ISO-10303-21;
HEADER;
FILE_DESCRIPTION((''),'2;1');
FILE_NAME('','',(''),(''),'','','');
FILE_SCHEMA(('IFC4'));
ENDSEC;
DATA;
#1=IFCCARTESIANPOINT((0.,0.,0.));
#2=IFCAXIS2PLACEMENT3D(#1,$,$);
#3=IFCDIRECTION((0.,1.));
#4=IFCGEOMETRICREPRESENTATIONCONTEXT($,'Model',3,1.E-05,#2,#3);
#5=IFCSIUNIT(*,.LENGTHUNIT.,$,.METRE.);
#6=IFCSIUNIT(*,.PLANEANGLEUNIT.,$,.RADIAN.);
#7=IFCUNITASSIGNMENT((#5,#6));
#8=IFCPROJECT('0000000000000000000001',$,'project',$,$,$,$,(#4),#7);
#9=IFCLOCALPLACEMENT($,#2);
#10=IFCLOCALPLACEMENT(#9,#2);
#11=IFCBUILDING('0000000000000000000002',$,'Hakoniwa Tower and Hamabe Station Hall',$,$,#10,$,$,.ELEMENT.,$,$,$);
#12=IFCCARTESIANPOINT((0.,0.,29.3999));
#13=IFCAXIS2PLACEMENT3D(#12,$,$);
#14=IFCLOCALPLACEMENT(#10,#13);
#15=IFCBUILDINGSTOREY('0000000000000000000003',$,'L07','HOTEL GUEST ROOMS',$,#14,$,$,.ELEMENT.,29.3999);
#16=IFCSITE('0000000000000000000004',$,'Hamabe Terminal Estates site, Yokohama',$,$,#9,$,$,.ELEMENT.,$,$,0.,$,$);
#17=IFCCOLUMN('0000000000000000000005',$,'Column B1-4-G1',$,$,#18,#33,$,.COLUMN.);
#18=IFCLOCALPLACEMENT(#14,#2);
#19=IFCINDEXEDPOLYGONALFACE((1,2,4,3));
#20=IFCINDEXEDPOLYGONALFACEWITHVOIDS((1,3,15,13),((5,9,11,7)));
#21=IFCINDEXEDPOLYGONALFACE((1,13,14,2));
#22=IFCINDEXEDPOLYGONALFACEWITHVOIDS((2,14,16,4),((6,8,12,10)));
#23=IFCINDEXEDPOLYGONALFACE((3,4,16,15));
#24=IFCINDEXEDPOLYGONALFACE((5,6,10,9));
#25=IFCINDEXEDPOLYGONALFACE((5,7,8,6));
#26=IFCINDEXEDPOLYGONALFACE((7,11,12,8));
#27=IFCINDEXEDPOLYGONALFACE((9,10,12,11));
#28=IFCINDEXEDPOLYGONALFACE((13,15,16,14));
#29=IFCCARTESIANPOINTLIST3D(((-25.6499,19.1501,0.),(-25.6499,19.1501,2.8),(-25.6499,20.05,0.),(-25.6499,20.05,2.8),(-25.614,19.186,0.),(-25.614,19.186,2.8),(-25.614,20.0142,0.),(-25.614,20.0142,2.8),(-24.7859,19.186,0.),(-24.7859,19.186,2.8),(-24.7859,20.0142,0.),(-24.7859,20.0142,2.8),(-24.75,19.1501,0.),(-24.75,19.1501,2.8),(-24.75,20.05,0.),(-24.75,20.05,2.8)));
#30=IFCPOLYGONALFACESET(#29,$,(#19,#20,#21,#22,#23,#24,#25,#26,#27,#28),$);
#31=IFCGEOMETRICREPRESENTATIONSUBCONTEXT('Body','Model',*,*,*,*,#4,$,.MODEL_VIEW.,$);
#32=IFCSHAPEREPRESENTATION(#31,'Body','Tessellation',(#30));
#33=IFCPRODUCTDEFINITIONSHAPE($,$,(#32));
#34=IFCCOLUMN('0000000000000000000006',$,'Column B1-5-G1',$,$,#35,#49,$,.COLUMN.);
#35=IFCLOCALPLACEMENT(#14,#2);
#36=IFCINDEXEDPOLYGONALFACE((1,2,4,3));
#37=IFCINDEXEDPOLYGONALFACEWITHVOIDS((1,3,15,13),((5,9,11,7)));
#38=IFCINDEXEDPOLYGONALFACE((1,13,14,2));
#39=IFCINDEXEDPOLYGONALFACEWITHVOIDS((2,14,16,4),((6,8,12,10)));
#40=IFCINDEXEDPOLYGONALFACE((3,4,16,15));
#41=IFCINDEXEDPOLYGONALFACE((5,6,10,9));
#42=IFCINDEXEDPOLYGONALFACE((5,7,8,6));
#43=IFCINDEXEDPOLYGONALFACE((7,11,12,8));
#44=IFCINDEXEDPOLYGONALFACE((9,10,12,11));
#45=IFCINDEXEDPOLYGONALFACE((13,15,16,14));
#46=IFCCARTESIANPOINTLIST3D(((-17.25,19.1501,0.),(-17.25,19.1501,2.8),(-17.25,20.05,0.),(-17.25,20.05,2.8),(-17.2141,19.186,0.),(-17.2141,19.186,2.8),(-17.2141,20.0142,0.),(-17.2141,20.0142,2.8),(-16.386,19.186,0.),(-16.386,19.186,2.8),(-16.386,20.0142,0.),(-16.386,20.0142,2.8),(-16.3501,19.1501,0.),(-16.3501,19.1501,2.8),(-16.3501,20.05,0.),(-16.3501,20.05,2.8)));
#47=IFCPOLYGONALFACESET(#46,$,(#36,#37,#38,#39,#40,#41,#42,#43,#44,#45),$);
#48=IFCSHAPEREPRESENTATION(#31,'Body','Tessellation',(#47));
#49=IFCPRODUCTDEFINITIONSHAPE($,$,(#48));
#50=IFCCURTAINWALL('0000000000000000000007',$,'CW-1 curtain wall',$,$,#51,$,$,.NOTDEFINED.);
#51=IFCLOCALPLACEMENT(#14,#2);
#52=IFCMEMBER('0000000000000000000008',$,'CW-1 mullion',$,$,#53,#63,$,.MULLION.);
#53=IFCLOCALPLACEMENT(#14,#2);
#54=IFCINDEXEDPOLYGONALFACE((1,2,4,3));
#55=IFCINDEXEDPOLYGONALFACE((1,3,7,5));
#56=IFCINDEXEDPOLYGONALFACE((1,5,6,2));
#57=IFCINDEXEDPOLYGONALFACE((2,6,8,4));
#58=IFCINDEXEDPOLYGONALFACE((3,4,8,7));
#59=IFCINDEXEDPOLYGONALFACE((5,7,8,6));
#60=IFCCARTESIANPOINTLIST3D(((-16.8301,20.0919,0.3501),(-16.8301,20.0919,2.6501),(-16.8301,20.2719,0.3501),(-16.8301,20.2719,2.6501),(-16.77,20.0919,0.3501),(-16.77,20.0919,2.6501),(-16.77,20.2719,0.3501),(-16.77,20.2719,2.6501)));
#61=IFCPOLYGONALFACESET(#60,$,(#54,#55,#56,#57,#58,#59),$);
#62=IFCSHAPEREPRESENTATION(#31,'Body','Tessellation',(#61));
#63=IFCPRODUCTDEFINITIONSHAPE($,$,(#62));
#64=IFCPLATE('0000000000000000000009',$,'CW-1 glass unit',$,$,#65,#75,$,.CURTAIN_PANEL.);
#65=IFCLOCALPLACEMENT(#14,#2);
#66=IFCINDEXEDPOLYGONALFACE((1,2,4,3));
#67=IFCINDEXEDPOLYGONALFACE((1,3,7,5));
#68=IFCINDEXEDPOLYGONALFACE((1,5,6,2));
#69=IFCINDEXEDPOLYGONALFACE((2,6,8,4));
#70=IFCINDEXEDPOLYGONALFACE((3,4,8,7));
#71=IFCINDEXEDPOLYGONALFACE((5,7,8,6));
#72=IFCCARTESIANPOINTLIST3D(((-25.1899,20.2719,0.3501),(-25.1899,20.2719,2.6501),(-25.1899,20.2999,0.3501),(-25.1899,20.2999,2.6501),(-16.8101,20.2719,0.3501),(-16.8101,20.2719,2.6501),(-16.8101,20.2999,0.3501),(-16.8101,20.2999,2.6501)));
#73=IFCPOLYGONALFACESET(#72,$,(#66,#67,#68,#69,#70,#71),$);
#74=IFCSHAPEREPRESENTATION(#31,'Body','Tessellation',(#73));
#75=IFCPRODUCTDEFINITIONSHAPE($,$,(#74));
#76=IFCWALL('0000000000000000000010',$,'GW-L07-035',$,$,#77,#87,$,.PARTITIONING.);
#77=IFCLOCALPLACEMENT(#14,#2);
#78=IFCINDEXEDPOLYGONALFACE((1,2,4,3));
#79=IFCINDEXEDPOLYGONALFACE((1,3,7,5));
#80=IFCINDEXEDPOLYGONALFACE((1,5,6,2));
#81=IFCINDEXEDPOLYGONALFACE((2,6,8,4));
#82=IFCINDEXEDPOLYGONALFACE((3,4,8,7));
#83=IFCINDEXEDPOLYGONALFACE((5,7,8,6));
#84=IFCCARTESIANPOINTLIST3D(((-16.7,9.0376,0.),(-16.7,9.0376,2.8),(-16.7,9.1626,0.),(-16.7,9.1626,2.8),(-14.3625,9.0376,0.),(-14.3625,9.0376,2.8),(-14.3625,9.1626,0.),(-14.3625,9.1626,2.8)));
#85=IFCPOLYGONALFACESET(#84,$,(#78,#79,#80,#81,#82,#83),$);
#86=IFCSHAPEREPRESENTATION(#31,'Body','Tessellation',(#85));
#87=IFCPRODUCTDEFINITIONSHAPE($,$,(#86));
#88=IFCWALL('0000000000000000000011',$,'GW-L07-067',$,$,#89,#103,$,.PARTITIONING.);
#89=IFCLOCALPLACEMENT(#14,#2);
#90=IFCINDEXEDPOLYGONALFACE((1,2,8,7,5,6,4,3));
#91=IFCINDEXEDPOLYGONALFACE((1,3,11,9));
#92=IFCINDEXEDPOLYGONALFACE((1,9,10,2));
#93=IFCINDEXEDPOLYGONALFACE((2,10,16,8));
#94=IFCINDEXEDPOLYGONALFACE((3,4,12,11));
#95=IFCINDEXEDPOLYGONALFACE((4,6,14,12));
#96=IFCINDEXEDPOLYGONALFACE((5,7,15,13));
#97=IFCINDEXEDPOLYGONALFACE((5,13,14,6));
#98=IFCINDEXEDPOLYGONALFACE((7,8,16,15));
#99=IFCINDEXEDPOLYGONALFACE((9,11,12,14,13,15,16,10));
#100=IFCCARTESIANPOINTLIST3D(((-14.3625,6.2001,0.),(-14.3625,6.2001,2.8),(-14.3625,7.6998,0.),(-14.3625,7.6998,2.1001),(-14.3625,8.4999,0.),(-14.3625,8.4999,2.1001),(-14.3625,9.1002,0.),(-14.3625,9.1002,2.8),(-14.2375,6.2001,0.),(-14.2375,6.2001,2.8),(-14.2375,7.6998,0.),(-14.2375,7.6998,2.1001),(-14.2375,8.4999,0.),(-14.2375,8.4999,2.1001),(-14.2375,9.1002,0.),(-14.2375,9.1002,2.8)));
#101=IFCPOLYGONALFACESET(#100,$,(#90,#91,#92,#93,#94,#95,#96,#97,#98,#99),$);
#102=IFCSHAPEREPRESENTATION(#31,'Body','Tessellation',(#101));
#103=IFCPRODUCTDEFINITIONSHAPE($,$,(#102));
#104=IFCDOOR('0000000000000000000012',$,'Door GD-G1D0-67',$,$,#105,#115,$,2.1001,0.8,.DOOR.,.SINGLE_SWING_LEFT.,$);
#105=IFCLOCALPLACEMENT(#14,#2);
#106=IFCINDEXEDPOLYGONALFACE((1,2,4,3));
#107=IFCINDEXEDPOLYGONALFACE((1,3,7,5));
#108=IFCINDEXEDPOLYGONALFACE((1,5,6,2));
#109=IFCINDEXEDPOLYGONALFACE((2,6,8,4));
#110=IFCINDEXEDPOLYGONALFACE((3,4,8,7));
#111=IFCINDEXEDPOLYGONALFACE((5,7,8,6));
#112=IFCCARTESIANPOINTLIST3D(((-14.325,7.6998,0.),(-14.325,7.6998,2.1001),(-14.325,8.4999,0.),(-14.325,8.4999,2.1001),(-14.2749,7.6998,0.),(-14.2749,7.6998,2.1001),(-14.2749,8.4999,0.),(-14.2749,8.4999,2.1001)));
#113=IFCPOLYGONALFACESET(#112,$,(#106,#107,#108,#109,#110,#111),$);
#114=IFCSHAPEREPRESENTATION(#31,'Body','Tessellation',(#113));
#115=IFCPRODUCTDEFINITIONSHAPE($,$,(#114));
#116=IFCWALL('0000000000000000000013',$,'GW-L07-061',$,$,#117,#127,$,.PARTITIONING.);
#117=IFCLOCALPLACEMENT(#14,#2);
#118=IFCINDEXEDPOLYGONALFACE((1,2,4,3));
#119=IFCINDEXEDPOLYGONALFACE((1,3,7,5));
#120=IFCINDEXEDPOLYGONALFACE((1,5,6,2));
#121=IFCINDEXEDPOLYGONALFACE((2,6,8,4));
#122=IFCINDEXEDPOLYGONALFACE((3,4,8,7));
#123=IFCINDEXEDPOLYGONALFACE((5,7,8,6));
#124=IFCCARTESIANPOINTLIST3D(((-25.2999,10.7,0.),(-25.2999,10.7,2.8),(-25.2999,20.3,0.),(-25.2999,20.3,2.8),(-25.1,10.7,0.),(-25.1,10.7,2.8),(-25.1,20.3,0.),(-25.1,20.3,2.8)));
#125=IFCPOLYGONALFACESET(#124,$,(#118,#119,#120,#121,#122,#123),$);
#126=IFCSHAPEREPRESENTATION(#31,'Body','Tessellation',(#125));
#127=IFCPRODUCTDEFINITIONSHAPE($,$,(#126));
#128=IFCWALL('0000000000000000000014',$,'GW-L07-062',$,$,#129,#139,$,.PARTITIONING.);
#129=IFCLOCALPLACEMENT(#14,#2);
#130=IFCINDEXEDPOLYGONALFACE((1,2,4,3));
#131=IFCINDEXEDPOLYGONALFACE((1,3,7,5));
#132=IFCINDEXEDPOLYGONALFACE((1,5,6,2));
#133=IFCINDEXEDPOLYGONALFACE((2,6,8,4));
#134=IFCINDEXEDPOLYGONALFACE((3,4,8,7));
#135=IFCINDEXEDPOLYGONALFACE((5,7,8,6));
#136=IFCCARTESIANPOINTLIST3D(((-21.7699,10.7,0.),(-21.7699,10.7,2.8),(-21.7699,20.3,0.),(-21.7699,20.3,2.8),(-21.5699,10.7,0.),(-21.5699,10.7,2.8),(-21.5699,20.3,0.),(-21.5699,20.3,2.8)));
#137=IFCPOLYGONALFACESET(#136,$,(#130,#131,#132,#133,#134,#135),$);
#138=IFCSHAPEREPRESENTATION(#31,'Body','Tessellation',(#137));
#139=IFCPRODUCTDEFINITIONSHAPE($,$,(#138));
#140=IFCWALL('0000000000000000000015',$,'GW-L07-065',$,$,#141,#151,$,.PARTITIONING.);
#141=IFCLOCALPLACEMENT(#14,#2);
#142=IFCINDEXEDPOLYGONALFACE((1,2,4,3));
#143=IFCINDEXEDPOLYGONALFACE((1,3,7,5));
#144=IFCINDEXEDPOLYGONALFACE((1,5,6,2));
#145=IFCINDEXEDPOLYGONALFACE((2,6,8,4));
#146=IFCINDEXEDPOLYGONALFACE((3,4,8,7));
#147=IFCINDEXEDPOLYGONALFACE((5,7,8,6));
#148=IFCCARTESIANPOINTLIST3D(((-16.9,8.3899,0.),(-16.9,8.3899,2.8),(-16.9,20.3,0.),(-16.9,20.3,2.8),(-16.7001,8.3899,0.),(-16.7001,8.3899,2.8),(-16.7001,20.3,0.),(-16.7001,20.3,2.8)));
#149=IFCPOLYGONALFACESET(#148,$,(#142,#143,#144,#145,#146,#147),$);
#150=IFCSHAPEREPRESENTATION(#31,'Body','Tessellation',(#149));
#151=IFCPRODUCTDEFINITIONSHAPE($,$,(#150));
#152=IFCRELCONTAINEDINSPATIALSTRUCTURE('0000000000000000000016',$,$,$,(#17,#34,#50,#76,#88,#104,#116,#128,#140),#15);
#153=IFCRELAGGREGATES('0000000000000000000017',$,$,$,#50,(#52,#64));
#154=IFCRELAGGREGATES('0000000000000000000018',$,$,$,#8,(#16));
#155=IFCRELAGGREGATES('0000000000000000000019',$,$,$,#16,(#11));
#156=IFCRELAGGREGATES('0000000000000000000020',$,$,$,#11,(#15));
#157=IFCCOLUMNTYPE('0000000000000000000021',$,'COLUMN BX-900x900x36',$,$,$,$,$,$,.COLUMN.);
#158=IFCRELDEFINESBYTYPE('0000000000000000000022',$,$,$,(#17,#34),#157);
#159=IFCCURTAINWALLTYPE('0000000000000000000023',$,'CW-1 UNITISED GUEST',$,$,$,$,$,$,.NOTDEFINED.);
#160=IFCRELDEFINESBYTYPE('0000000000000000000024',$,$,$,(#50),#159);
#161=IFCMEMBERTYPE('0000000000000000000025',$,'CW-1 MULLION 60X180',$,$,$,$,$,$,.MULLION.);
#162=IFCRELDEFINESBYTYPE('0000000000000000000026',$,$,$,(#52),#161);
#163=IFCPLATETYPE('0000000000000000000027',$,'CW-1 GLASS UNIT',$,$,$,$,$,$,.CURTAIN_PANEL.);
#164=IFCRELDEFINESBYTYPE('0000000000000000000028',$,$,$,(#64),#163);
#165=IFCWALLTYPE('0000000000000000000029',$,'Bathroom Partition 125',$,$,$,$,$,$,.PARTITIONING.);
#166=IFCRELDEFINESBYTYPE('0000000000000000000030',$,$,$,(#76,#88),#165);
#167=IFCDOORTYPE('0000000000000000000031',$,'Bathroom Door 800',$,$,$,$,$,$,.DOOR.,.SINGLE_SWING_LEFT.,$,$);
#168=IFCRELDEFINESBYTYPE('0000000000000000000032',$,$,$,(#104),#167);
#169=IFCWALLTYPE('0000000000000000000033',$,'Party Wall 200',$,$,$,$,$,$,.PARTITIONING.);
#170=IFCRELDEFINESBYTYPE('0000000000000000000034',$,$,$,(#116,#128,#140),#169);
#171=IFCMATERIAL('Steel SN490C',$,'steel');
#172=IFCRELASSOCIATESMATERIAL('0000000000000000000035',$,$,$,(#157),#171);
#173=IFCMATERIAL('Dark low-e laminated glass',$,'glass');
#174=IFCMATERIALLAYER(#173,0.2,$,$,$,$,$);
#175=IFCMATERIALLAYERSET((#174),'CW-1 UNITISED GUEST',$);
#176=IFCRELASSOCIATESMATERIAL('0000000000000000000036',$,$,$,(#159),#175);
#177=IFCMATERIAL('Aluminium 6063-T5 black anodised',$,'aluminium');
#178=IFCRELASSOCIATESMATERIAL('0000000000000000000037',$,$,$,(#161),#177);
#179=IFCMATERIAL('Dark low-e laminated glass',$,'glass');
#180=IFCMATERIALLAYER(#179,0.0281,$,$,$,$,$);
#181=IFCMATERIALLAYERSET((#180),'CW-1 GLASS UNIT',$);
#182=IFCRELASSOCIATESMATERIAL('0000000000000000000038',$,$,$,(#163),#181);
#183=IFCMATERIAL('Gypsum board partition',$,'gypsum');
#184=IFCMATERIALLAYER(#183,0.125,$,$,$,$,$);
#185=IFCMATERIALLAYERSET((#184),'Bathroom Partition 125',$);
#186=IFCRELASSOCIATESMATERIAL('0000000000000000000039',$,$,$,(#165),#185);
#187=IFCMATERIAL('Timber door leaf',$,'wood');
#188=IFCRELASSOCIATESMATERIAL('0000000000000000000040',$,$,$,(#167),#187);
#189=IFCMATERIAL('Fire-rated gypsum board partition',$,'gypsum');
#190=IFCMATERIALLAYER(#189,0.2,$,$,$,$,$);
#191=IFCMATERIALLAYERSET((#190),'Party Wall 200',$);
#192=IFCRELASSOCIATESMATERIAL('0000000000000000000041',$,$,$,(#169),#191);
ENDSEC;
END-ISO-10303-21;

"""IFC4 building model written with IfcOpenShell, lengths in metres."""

from ifc_helpers import new_model, si_unit, direction, frame, frame_2d, origin, origin_2d, place, context, subcontext, project, spatial, rectangle, hollow_rectangle, extrude, material, layer, layer_set, material_profile, profile_set, type_object, element, fill, aggregate, save


model = new_model("IFC4")

# Units and contexts
model_context = context("Model", 3, precision=1e-05, world=origin(), true_north=direction((0.0, 1.0)))
body_context = subcontext(model_context, "Body", "Model", "MODEL_VIEW")
ifc_project = project(units=[si_unit("LENGTHUNIT", "METRE"), si_unit("PLANEANGLEUNIT", "RADIAN")], contexts=[model_context])

# Site, building, storey
site_placement = place(None, origin())
site = spatial("IfcSite", under=ifc_project, at=site_placement, Name="Hamabe Terminal Estates site, Yokohama", CompositionType="ELEMENT", RefElevation=0.0)
building_placement = place(site_placement, origin())
building = spatial("IfcBuilding", under=site, at=building_placement, Name="Hakoniwa Tower and Hamabe Station Hall", CompositionType="ELEMENT")
storey_placement = place(building_placement, frame((0.0, 0.0, 29.3999)))
storey = spatial("IfcBuildingStorey", under=building, at=storey_placement, Name="L07", Description="HOTEL GUEST ROOMS", CompositionType="ELEMENT", Elevation=29.3999)

# Columns
ifc_material_1 = material(Name="Steel SN490C", Category="steel")
ifc_material_profile_1 = material_profile(ifc_material_1, hollow_rectangle(XDim=0.8999, YDim=0.8999, WallThickness=0.0359, at=origin_2d()), Name="BX-900x900x36")
ifc_profile_set_1 = profile_set([ifc_material_profile_1], Name="Steel SN490C")
column_type = type_object("IfcColumnType", Name="COLUMN BX-900x900x36", PredefinedType="COLUMN", material=ifc_profile_set_1)
for number, where, z_axis, x_axis, name in (
    (1, (-25.2, 19.6001, 0.0), (0.0, 0.0, 1.0), (1.0, 0.0, 0.0), "Column B1-4-G1"),
    (2, (-16.8, 19.6001, 0.0), (0.0, 0.0, 1.0), (1.0, 0.0, 0.0), "Column B1-5-G1"),
):
    element("IfcColumn", number, at=place(storey_placement, frame(where, z_axis=z_axis, x_axis=x_axis)), inside=storey, type_object=column_type, Name=name, PredefinedType="COLUMN", context=body_context, shape_type="SweptSolid", body=[
        extrude(hollow_rectangle(XDim=0.8999, YDim=0.8999, WallThickness=0.0359, at=origin_2d()), origin(), (0.0, 0.0, 1.0), 2.8),
    ])

# Curtain wall, member, plate
ifc_material_2 = material(Name="Dark low-e laminated glass", Category="glass")
ifc_layer_1 = layer(ifc_material_2, 0.2)
ifc_layer_set_1 = layer_set([ifc_layer_1], Name="CW-1 UNITISED GUEST")
curtain_wall_type = type_object("IfcCurtainWallType", Name="CW-1 UNITISED GUEST", PredefinedType="NOTDEFINED", material=ifc_layer_set_1)
curtain_wall_placement = place(storey_placement, origin())
curtain_wall = element("IfcCurtainWall", 3, at=curtain_wall_placement, inside=storey, type_object=curtain_wall_type, Name="CW-1 curtain wall", PredefinedType="NOTDEFINED")
ifc_material_3 = material(Name="Aluminium 6063-T5 black anodised", Category="aluminium")
ifc_material_profile_2 = material_profile(ifc_material_3, rectangle(XDim=0.0601, YDim=0.1799, at=origin_2d()), Name="CW-1 MULLION 60X180")
ifc_profile_set_2 = profile_set([ifc_material_profile_2], Name="Aluminium 6063-T5 black anodised")
member_type = type_object("IfcMemberType", Name="CW-1 MULLION 60X180", PredefinedType="MULLION", material=ifc_profile_set_2)
member_placement = place(storey_placement, frame((-16.8, 20.1819, 0.3501), z_axis=(0.0, 0.0, 1.0), x_axis=(-1.0, 0.0, 0.0)))
member = element("IfcMember", 4, at=member_placement, type_object=member_type, Name="CW-1 mullion", PredefinedType="MULLION", context=body_context, shape_type="SweptSolid", body=[
    extrude(rectangle(XDim=0.0601, YDim=0.1799, at=origin_2d()), origin(), (0.0, 0.0, 1.0), 2.3),
])
ifc_material_4 = material(Name="Dark low-e laminated glass", Category="glass")
ifc_layer_2 = layer(ifc_material_4, 0.0281)
ifc_layer_set_2 = layer_set([ifc_layer_2], Name="CW-1 GLASS UNIT")
plate_type = type_object("IfcPlateType", Name="CW-1 GLASS UNIT", PredefinedType="CURTAIN_PANEL", material=ifc_layer_set_2)
plate_placement = place(storey_placement, frame((-21.0, 20.2859, 0.3501), z_axis=(0.0, 0.0, 1.0), x_axis=(-1.0, 0.0, 0.0)))
plate = element("IfcPlate", 5, at=plate_placement, type_object=plate_type, Name="CW-1 glass unit", PredefinedType="CURTAIN_PANEL", context=body_context, shape_type="SweptSolid", body=[
    extrude(rectangle(XDim=8.3799, YDim=0.0281, at=origin_2d()), origin(), (0.0, 0.0, 1.0), 2.3),
])
aggregate(curtain_wall, [member, plate])

# Wall
ifc_material_5 = material(Name="Gypsum board partition", Category="gypsum")
ifc_layer_3 = layer(ifc_material_5, 0.125)
ifc_layer_set_3 = layer_set([ifc_layer_3], Name="Bathroom Partition 125")
wall_type_1 = type_object("IfcWallType", Name="Bathroom Partition 125", PredefinedType="PARTITIONING", material=ifc_layer_set_3)
wall_1_placement = place(storey_placement, frame((-16.7, 9.1001, 0.0), z_axis=(0.0, 0.0, 1.0), x_axis=(1.0, 0.0, 0.0)))
element("IfcWall", 6, at=wall_1_placement, inside=storey, type_object=wall_type_1, Name="GW-L07-035", PredefinedType="PARTITIONING", context=body_context, shape_type="SweptSolid", body=[
    extrude(rectangle(XDim=2.3374, YDim=0.125, at=frame_2d((1.1687, 0.0))), origin(), (0.0, 0.0, 1.0), 2.8),
])

# Wall, opening, door
wall_2_placement = place(storey_placement, frame((-14.3, 6.2, 0.0), z_axis=(0.0, 0.0, 1.0), x_axis=(0.0, 1.0, 0.0)))
wall_2 = element("IfcWall", 7, at=wall_2_placement, inside=storey, type_object=wall_type_1, Name="GW-L07-067", PredefinedType="PARTITIONING", context=body_context, shape_type="SweptSolid", body=[
    extrude(rectangle(XDim=2.9001, YDim=0.125, at=frame_2d((1.4502, 0.0))), origin(), (0.0, 0.0, 1.0), 2.8),
])
opening_placement = place(wall_2_placement, frame((1.5, 0.0, 0.0)))
opening = element("IfcOpeningElement", 8, at=opening_placement, cuts=wall_2, PredefinedType="OPENING", context=body_context, shape_type="SweptSolid", body=[
    extrude(rectangle(XDim=0.8, YDim=2.1001, at=frame_2d((0.3999, 1.05))), frame((0.0, 0.0725, 0.0), z_axis=(0.0, -1.0, 0.0), x_axis=(1.0, 0.0, 0.0)), (0.0, 0.0, 1.0), 0.145),
])
ifc_material_6 = material(Name="Timber door leaf", Category="wood")
door_type = type_object("IfcDoorType", Name="Bathroom Door 800", OperationType="SINGLE_SWING_LEFT", PredefinedType="DOOR", material=ifc_material_6)
door_placement = place(opening_placement, origin())
door = element("IfcDoor", 9, at=door_placement, inside=storey, type_object=door_type, Name="Door GD-G1D0-67", OperationType="SINGLE_SWING_LEFT", OverallHeight=2.1001, OverallWidth=0.8, PredefinedType="DOOR", context=body_context, shape_type="SweptSolid", body=[
    extrude(rectangle(XDim=0.8, YDim=2.1001, at=frame_2d((0.3999, 1.05))), frame((0.0, 0.0249, 0.0), z_axis=(0.0, -1.0, 0.0), x_axis=(1.0, 0.0, 0.0)), (0.0, 0.0, 1.0), 0.05),
])
fill(opening, door)

# Walls
ifc_material_7 = material(Name="Fire-rated gypsum board partition", Category="gypsum")
ifc_layer_4 = layer(ifc_material_7, 0.2)
ifc_layer_set_4 = layer_set([ifc_layer_4], Name="Party Wall 200")
wall_type_2 = type_object("IfcWallType", Name="Party Wall 200", PredefinedType="PARTITIONING", material=ifc_layer_set_4)
for number, where, z_axis, x_axis, name in (
    (10, (-25.2, 10.7, 0.0), (0.0, 0.0, 1.0), (0.0, 1.0, 0.0), "GW-L07-061"),
    (11, (-21.6699, 10.7, 0.0), (0.0, 0.0, 1.0), (0.0, 1.0, 0.0), "GW-L07-062"),
):
    element("IfcWall", number, at=place(storey_placement, frame(where, z_axis=z_axis, x_axis=x_axis)), inside=storey, type_object=wall_type_2, Name=name, PredefinedType="PARTITIONING", context=body_context, shape_type="SweptSolid", body=[
        extrude(rectangle(XDim=9.6001, YDim=0.2, at=frame_2d((4.8, 0.0))), origin(), (0.0, 0.0, 1.0), 2.8),
    ])
wall_3_placement = place(storey_placement, frame((-16.8, 8.3899, 0.0), z_axis=(0.0, 0.0, 1.0), x_axis=(0.0, 1.0, 0.0)))
element("IfcWall", 12, at=wall_3_placement, inside=storey, type_object=wall_type_2, Name="GW-L07-065", PredefinedType="PARTITIONING", context=body_context, shape_type="SweptSolid", body=[
    extrude(rectangle(XDim=11.9102, YDim=0.2, at=frame_2d((5.9551, 0.0))), origin(), (0.0, 0.0, 1.0), 2.8),
])

save(model, "model.ifc")
